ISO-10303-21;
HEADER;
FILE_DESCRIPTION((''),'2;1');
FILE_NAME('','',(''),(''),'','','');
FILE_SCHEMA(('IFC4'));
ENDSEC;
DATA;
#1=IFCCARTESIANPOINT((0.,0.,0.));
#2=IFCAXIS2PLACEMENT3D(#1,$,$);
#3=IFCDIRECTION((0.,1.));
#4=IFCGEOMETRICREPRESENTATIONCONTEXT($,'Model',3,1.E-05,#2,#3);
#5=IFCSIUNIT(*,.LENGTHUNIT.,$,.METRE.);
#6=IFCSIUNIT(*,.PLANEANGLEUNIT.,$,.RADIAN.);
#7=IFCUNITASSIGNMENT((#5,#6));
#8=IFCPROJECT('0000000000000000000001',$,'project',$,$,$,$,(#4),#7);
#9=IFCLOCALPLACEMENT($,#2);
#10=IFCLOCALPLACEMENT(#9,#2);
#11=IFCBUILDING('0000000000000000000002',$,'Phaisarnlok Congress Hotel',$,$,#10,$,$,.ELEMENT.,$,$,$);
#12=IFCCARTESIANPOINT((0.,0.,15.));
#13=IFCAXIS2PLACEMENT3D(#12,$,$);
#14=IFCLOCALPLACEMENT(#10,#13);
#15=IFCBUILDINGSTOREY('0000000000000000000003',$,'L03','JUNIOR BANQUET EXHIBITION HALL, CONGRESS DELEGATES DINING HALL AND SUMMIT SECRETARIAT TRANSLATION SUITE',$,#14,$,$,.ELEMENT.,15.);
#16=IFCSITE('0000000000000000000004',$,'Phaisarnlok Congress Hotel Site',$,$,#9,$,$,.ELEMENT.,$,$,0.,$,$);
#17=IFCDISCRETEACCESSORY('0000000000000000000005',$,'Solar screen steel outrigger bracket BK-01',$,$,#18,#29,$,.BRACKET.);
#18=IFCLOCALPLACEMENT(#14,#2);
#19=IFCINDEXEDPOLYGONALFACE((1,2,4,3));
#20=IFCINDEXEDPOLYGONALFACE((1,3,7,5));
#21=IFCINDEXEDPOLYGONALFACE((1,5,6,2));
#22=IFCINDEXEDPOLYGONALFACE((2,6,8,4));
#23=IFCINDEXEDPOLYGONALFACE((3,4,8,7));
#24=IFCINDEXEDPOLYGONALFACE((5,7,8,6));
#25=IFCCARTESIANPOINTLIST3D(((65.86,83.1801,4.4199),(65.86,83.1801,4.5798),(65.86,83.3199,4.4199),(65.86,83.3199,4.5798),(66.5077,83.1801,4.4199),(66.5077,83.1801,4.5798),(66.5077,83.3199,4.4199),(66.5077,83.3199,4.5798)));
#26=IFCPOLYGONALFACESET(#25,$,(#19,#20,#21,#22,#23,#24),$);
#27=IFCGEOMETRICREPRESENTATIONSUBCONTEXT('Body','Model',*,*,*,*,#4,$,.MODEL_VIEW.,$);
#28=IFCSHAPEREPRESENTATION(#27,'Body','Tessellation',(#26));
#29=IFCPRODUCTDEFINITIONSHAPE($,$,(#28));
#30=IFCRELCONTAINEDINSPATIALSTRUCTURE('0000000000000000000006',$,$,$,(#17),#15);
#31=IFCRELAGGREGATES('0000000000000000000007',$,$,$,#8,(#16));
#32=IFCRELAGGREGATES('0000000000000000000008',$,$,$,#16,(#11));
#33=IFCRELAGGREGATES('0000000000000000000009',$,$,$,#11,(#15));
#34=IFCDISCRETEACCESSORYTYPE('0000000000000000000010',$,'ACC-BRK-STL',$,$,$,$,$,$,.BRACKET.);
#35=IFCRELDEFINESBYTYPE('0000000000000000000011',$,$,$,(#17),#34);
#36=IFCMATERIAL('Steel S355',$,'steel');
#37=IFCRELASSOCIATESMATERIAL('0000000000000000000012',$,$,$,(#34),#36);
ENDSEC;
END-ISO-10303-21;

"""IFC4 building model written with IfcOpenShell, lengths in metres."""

from ifc_helpers import new_model, si_unit, direction, frame, origin, origin_2d, place, context, subcontext, project, spatial, rectangle, extrude, material, type_object, element, save


model = new_model("IFC4")

# Units and contexts
model_context = context("Model", 3, precision=1e-05, world=origin(), true_north=direction((0.0, 1.0)))
body_context = subcontext(model_context, "Body", "Model", "MODEL_VIEW")
ifc_project = project(units=[si_unit("LENGTHUNIT", "METRE"), si_unit("PLANEANGLEUNIT", "RADIAN")], contexts=[model_context])

# Site, building, storey
site_placement = place(None, origin())
site = spatial("IfcSite", under=ifc_project, at=site_placement, Name="Phaisarnlok Congress Hotel Site", CompositionType="ELEMENT", RefElevation=0.0)
building_placement = place(site_placement, origin())
building = spatial("IfcBuilding", under=site, at=building_placement, Name="Phaisarnlok Congress Hotel", CompositionType="ELEMENT")
storey_placement = place(building_placement, frame((0.0, 0.0, 15.0)))
storey = spatial("IfcBuildingStorey", under=building, at=storey_placement, Name="L03", Description="JUNIOR BANQUET EXHIBITION HALL, CONGRESS DELEGATES DINING HALL AND SUMMIT SECRETARIAT TRANSLATION SUITE", CompositionType="ELEMENT", Elevation=15.0)

# Shared definitions
ifc_material_1 = material(Name="Steel S355", Category="steel")

# Discrete accessory
discrete_accessory_type = type_object("IfcDiscreteAccessoryType", Name="ACC-BRK-STL", PredefinedType="BRACKET", material=ifc_material_1)
for number, where, z_axis, x_axis, name in (
    (1, (66.1838, 83.25, 4.4199), (0.0, 0.0, 1.0), (1.0, 0.0, 0.0), "Solar screen steel outrigger bracket BK-01"),
):
    element("IfcDiscreteAccessory", number, at=place(storey_placement, frame(where, z_axis=z_axis, x_axis=x_axis)), inside=storey, type_object=discrete_accessory_type, Name=name, PredefinedType="BRACKET", context=body_context, shape_type="SweptSolid", body=[
        extrude(rectangle(XDim=0.6477, YDim=0.1399, at=origin_2d()), origin(), (0.0, 0.0, 1.0), 0.1599),
    ])

save(model, "model.ifc")
